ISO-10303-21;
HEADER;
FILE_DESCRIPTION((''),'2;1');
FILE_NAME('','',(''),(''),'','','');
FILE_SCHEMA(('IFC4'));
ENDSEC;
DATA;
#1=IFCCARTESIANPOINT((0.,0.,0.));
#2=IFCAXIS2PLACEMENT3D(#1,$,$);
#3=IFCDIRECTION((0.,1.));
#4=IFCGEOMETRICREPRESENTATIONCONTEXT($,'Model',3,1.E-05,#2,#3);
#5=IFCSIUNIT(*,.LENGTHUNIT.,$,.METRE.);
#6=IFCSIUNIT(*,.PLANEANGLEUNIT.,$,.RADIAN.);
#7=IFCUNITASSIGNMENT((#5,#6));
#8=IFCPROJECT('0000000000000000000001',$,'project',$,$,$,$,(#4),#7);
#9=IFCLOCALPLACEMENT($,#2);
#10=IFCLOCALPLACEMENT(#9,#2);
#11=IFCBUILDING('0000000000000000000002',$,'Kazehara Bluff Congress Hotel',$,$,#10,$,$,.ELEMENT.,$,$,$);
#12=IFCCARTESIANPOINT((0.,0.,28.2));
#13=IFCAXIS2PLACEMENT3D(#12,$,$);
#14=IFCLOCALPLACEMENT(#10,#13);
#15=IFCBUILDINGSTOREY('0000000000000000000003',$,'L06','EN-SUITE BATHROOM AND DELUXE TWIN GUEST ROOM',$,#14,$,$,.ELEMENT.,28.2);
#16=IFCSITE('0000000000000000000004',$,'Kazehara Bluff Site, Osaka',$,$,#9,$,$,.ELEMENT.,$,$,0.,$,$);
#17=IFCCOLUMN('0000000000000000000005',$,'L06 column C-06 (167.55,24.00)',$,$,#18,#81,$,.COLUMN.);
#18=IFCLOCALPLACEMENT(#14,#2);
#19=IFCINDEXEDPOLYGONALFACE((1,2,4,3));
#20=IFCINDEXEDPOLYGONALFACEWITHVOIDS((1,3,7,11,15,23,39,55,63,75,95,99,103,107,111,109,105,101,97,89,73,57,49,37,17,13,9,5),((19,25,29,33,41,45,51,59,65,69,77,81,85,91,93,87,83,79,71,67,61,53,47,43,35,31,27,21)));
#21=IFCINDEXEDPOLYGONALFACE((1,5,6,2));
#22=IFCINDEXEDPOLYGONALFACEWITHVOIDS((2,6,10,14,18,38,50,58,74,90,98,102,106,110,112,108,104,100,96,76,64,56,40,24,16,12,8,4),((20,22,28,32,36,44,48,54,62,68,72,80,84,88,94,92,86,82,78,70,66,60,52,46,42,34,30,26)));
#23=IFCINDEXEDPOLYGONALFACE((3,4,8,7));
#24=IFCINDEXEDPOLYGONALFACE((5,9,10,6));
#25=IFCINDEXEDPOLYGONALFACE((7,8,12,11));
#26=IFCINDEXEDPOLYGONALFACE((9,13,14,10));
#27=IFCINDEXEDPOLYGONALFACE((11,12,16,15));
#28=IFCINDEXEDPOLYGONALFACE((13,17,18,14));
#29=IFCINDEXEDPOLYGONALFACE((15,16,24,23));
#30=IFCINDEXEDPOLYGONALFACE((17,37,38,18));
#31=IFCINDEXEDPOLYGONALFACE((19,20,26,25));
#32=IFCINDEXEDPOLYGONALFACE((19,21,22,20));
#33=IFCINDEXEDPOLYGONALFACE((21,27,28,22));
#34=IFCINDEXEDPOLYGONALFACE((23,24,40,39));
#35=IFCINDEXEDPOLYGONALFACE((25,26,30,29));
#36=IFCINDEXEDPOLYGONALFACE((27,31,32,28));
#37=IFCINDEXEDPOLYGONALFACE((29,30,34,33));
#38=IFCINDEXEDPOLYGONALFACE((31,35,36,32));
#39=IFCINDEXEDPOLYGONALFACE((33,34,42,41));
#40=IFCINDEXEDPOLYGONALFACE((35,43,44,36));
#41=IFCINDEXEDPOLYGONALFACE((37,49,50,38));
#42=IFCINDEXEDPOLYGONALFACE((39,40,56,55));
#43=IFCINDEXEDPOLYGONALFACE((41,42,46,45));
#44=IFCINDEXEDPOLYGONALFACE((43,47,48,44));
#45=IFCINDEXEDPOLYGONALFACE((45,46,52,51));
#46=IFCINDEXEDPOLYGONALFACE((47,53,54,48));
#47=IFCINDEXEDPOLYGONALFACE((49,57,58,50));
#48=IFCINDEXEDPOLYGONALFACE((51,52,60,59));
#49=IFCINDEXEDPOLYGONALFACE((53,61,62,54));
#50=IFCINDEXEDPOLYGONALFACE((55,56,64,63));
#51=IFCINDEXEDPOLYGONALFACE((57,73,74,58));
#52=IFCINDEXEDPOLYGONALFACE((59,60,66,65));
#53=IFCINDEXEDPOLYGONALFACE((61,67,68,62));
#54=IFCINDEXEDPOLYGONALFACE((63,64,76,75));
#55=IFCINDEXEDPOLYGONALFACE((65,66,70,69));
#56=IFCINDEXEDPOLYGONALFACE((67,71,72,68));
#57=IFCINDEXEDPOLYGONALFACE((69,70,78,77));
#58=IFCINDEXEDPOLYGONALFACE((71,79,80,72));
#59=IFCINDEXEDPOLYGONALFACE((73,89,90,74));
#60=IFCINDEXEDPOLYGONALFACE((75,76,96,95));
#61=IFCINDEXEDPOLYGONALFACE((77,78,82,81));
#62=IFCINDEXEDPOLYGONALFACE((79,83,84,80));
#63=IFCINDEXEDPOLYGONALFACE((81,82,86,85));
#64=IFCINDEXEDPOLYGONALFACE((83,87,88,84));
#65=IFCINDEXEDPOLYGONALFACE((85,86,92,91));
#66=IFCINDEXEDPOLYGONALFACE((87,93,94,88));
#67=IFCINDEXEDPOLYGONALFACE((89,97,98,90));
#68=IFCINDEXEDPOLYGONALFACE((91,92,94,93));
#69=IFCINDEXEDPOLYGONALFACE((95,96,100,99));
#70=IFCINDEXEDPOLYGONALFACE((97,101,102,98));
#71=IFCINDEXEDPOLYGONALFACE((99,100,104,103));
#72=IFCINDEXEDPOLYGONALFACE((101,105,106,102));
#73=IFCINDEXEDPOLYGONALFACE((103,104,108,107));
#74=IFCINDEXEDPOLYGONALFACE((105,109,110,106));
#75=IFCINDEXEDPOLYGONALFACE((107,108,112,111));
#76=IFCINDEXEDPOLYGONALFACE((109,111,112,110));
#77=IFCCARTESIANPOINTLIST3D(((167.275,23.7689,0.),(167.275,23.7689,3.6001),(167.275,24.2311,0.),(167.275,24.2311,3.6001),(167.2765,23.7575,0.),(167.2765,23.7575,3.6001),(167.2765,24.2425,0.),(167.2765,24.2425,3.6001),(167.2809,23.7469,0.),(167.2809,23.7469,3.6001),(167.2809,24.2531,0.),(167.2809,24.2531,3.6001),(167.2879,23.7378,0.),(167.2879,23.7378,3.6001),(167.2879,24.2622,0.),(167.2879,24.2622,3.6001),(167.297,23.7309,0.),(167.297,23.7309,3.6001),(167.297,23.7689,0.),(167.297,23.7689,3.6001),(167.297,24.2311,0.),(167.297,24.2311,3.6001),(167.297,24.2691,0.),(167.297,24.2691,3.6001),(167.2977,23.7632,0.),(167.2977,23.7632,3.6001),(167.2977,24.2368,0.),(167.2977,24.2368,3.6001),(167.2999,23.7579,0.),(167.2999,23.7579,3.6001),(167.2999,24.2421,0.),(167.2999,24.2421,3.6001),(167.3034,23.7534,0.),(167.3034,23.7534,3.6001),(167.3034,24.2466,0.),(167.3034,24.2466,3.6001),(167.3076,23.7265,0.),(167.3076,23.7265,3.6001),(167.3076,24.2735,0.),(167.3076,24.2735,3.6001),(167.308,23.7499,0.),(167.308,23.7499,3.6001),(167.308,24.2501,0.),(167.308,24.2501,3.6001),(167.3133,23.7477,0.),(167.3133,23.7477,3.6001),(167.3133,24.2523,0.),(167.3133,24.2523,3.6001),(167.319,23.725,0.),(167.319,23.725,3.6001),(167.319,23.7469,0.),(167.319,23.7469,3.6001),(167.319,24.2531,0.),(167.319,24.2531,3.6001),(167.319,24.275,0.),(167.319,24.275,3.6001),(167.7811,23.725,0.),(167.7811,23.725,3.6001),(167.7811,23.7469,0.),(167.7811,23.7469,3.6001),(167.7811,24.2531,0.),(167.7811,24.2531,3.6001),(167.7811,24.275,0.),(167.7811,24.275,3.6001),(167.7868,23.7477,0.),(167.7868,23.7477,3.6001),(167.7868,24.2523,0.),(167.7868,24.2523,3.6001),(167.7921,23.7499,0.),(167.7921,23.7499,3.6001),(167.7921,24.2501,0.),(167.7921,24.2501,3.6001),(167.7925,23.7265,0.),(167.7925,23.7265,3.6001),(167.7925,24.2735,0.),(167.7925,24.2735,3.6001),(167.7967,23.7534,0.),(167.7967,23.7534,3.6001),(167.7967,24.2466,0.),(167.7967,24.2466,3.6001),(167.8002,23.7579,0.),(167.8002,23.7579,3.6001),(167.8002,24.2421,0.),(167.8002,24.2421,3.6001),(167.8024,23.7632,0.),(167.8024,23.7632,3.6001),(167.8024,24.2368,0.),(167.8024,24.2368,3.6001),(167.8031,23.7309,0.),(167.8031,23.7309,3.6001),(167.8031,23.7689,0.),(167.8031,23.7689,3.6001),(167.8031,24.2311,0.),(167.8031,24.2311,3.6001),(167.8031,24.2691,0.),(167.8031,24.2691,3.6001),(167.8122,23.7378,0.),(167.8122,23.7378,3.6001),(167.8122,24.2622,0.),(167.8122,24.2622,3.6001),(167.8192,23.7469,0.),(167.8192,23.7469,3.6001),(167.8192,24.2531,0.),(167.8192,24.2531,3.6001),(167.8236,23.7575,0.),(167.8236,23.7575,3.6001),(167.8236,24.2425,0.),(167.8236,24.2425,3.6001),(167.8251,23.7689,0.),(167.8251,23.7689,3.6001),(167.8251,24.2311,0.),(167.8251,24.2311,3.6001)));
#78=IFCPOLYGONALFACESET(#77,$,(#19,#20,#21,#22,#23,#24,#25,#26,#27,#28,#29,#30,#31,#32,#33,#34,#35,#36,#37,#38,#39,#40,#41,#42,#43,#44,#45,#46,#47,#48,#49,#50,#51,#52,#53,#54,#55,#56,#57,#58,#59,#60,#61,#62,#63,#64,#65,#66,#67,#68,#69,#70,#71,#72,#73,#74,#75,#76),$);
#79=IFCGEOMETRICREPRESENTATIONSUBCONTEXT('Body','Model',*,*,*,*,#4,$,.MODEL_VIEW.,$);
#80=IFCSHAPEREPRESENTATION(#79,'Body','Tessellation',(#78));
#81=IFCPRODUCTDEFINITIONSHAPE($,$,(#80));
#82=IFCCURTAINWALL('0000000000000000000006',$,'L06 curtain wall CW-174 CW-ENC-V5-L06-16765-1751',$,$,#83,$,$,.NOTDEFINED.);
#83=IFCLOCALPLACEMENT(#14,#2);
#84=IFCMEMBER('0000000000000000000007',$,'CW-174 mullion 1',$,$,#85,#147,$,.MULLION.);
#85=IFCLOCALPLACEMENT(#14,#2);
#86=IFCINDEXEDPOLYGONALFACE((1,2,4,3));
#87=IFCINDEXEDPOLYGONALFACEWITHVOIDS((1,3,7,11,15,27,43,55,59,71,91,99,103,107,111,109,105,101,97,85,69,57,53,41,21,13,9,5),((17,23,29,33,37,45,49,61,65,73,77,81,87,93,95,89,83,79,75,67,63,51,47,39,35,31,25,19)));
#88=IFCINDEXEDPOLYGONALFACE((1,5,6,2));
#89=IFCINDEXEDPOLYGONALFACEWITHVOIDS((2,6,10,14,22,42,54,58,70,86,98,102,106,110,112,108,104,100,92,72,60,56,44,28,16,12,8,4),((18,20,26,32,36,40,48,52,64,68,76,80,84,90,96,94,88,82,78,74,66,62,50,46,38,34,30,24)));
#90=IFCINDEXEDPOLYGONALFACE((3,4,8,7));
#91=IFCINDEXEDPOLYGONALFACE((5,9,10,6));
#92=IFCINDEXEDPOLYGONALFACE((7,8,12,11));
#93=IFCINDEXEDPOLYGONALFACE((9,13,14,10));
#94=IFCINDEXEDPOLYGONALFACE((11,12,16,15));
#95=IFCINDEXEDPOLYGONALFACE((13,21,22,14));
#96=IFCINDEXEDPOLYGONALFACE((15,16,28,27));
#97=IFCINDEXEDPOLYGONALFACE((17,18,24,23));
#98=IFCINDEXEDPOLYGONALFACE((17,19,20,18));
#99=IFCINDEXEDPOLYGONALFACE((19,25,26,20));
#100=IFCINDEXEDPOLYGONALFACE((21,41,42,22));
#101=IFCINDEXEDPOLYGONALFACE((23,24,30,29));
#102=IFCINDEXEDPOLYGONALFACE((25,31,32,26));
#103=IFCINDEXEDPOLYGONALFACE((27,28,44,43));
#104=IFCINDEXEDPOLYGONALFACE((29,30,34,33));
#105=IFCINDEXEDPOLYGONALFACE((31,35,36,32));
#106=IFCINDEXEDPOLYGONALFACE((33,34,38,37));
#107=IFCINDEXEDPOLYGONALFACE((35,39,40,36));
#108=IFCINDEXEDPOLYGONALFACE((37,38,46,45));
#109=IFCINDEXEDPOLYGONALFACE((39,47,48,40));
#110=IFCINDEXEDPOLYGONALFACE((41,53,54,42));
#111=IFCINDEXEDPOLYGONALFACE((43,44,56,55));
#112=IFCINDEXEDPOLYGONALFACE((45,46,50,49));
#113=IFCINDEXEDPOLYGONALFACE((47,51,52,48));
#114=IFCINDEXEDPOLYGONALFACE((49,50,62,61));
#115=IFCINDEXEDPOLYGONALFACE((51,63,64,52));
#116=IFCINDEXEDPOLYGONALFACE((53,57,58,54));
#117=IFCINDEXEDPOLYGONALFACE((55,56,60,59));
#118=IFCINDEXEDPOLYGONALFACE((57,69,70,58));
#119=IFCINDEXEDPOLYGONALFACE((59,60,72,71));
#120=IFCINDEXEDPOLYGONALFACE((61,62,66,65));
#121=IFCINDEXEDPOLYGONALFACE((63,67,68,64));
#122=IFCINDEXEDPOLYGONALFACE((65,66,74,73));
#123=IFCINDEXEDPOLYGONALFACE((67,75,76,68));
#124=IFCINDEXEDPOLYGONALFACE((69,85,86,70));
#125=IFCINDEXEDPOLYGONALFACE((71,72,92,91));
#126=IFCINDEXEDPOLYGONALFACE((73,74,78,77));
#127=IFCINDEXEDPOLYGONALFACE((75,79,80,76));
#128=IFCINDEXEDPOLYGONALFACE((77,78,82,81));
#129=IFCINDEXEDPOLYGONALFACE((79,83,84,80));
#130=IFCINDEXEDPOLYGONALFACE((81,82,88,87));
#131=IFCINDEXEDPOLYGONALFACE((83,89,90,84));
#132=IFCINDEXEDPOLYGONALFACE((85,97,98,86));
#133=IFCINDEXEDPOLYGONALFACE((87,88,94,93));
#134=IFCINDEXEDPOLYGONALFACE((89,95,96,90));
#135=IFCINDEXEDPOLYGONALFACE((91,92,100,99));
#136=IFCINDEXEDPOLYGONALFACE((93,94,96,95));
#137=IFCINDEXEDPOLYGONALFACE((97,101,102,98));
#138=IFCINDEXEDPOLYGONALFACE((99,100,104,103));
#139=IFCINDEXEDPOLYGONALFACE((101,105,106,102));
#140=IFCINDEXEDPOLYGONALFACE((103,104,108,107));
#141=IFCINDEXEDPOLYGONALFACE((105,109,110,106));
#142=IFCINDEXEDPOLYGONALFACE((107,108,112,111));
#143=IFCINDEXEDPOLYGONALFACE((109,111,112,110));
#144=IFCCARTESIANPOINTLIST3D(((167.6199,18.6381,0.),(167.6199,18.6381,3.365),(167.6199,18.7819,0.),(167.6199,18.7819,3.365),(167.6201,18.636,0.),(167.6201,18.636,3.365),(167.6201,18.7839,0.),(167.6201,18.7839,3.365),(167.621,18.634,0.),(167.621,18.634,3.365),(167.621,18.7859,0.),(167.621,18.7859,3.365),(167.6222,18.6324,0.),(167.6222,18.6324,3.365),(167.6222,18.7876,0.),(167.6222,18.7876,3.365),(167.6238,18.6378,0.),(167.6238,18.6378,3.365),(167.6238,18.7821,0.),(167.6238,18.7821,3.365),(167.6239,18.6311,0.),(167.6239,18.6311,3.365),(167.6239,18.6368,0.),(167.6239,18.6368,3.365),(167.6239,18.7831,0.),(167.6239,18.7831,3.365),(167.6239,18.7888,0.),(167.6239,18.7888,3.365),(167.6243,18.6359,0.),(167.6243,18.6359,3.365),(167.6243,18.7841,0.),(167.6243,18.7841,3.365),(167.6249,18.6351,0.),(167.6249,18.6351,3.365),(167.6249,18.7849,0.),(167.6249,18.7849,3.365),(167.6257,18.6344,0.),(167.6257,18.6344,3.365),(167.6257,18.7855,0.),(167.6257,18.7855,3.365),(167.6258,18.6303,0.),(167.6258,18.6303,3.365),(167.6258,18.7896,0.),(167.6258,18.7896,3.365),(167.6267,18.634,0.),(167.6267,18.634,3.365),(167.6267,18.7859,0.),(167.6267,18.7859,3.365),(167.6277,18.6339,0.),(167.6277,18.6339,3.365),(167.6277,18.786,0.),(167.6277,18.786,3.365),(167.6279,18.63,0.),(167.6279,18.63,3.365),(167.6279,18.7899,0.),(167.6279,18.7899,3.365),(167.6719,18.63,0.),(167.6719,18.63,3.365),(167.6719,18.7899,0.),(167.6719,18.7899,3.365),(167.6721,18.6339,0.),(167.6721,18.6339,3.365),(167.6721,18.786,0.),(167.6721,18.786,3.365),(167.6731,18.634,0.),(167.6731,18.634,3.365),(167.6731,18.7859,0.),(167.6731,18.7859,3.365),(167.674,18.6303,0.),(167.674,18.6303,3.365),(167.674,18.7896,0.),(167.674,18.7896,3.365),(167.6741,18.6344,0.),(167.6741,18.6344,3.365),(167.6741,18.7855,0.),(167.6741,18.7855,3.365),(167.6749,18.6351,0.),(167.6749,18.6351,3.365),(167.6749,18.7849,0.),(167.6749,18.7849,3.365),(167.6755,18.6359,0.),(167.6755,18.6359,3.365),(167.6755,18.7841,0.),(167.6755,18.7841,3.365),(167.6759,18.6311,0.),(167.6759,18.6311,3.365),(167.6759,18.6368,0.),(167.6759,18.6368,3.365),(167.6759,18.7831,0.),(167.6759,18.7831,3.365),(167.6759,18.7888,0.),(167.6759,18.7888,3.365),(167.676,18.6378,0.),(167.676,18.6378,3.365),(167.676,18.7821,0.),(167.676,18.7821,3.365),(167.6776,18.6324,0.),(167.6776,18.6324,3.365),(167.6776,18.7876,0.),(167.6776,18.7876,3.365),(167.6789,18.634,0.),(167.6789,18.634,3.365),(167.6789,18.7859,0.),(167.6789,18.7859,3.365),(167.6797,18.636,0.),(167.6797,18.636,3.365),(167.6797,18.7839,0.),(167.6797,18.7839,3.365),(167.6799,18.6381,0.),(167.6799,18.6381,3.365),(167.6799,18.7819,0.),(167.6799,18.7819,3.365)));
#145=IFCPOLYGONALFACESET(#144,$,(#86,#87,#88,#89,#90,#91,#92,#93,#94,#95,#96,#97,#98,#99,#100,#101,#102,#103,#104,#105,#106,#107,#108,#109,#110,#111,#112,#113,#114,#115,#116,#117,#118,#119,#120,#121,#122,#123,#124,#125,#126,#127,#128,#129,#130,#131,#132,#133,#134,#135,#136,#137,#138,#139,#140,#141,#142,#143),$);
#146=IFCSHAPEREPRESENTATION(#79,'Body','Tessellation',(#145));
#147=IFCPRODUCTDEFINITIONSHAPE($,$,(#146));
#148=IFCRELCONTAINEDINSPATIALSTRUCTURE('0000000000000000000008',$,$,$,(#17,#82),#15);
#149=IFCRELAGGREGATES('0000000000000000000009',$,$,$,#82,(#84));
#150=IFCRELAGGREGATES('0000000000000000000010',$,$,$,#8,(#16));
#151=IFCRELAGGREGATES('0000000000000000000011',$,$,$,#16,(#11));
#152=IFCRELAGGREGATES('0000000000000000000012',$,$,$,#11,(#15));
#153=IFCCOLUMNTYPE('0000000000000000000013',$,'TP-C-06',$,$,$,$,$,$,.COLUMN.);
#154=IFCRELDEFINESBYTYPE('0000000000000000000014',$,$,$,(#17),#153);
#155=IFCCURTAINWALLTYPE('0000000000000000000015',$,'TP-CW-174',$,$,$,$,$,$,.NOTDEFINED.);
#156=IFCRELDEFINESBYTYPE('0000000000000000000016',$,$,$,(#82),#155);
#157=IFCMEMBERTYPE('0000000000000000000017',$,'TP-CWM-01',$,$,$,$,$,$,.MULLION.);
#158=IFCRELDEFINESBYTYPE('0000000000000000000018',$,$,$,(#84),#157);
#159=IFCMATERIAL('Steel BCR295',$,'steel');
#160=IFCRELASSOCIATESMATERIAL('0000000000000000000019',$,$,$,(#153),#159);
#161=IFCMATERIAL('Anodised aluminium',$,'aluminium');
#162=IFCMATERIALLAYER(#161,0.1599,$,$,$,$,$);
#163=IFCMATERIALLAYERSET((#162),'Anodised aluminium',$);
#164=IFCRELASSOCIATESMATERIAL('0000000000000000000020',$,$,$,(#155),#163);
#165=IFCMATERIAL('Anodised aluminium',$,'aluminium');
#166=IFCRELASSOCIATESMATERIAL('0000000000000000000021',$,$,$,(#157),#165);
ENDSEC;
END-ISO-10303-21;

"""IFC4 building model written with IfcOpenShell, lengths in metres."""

from ifc_helpers import new_model, si_unit, direction, frame, origin, origin_2d, place, context, subcontext, project, spatial, hollow_rectangle, extrude, material, layer, layer_set, material_profile, profile_set, type_object, element, aggregate, save


model = new_model("IFC4")

# Units and contexts
model_context = context("Model", 3, precision=1e-05, world=origin(), true_north=direction((0.0, 1.0)))
body_context = subcontext(model_context, "Body", "Model", "MODEL_VIEW")
ifc_project = project(units=[si_unit("LENGTHUNIT", "METRE"), si_unit("PLANEANGLEUNIT", "RADIAN")], contexts=[model_context])

# Site, building, storey
site_placement = place(None, origin())
site = spatial("IfcSite", under=ifc_project, at=site_placement, Name="Kazehara Bluff Site, Osaka", CompositionType="ELEMENT", RefElevation=0.0)
building_placement = place(site_placement, origin())
building = spatial("IfcBuilding", under=site, at=building_placement, Name="Kazehara Bluff Congress Hotel", CompositionType="ELEMENT")
storey_placement = place(building_placement, frame((0.0, 0.0, 28.2)))
storey = spatial("IfcBuildingStorey", under=building, at=storey_placement, Name="L06", Description="EN-SUITE BATHROOM AND DELUXE TWIN GUEST ROOM", CompositionType="ELEMENT", Elevation=28.2)

# Column
ifc_material_1 = material(Name="Steel BCR295", Category="steel")
ifc_material_profile_1 = material_profile(ifc_material_1, hollow_rectangle(XDim=0.55, YDim=0.55, WallThickness=0.022, InnerFilletRadius=0.022, OuterFilletRadius=0.0439, at=origin_2d()))
ifc_profile_set_1 = profile_set([ifc_material_profile_1], Name="Steel BCR295")
column_type = type_object("IfcColumnType", Name="TP-C-06", PredefinedType="COLUMN", material=ifc_profile_set_1)
column_placement = place(storey_placement, frame((167.55, 24.0, 0.0), z_axis=(0.0, 0.0, 1.0), x_axis=(1.0, 0.0, 0.0)))
element("IfcColumn", 1, at=column_placement, inside=storey, type_object=column_type, Name="L06 column C-06 (167.55,24.00)", PredefinedType="COLUMN", context=body_context, shape_type="SweptSolid", body=[
    extrude(hollow_rectangle(XDim=0.55, YDim=0.55, WallThickness=0.022, InnerFilletRadius=0.022, OuterFilletRadius=0.0439, at=origin_2d()), origin(), (0.0, 0.0, 1.0), 3.6001),
])

# Curtain wall, member
ifc_material_2 = material(Name="Anodised aluminium", Category="aluminium")
ifc_layer_1 = layer(ifc_material_2, 0.1599)
ifc_layer_set_1 = layer_set([ifc_layer_1], Name="Anodised aluminium")
curtain_wall_type = type_object("IfcCurtainWallType", Name="TP-CW-174", PredefinedType="NOTDEFINED", material=ifc_layer_set_1)
curtain_wall_placement = place(storey_placement, origin())
curtain_wall = element("IfcCurtainWall", 2, at=curtain_wall_placement, inside=storey, type_object=curtain_wall_type, Name="L06 curtain wall CW-174 CW-ENC-V5-L06-16765-1751", PredefinedType="NOTDEFINED")
ifc_material_3 = material(Name="Anodised aluminium", Category="aluminium")
ifc_material_profile_2 = material_profile(ifc_material_3, hollow_rectangle(XDim=0.0601, YDim=0.1599, WallThickness=0.0039, InnerFilletRadius=0.0039, OuterFilletRadius=0.0081, at=origin_2d()))
ifc_profile_set_2 = profile_set([ifc_material_profile_2], Name="Anodised aluminium")
member_type_1 = type_object("IfcMemberType", Name="TP-CWM-01", PredefinedType="MULLION", material=ifc_profile_set_2)
member_1_placement = place(storey_placement, frame((167.6499, 18.71, 0.0), z_axis=(0.0, 0.0, 1.0), x_axis=(1.0, 0.0, 0.0)))
member_1 = element("IfcMember", 3, at=member_1_placement, type_object=member_type_1, Name="CW-174 mullion 1", PredefinedType="MULLION", context=body_context, shape_type="SweptSolid", body=[
    extrude(hollow_rectangle(XDim=0.0601, YDim=0.1599, WallThickness=0.0039, InnerFilletRadius=0.0039, OuterFilletRadius=0.0081, at=origin_2d()), origin(), (0.0, 0.0, 1.0), 3.365),
])
aggregate(curtain_wall, [member_1])

save(model, "model.ifc")
